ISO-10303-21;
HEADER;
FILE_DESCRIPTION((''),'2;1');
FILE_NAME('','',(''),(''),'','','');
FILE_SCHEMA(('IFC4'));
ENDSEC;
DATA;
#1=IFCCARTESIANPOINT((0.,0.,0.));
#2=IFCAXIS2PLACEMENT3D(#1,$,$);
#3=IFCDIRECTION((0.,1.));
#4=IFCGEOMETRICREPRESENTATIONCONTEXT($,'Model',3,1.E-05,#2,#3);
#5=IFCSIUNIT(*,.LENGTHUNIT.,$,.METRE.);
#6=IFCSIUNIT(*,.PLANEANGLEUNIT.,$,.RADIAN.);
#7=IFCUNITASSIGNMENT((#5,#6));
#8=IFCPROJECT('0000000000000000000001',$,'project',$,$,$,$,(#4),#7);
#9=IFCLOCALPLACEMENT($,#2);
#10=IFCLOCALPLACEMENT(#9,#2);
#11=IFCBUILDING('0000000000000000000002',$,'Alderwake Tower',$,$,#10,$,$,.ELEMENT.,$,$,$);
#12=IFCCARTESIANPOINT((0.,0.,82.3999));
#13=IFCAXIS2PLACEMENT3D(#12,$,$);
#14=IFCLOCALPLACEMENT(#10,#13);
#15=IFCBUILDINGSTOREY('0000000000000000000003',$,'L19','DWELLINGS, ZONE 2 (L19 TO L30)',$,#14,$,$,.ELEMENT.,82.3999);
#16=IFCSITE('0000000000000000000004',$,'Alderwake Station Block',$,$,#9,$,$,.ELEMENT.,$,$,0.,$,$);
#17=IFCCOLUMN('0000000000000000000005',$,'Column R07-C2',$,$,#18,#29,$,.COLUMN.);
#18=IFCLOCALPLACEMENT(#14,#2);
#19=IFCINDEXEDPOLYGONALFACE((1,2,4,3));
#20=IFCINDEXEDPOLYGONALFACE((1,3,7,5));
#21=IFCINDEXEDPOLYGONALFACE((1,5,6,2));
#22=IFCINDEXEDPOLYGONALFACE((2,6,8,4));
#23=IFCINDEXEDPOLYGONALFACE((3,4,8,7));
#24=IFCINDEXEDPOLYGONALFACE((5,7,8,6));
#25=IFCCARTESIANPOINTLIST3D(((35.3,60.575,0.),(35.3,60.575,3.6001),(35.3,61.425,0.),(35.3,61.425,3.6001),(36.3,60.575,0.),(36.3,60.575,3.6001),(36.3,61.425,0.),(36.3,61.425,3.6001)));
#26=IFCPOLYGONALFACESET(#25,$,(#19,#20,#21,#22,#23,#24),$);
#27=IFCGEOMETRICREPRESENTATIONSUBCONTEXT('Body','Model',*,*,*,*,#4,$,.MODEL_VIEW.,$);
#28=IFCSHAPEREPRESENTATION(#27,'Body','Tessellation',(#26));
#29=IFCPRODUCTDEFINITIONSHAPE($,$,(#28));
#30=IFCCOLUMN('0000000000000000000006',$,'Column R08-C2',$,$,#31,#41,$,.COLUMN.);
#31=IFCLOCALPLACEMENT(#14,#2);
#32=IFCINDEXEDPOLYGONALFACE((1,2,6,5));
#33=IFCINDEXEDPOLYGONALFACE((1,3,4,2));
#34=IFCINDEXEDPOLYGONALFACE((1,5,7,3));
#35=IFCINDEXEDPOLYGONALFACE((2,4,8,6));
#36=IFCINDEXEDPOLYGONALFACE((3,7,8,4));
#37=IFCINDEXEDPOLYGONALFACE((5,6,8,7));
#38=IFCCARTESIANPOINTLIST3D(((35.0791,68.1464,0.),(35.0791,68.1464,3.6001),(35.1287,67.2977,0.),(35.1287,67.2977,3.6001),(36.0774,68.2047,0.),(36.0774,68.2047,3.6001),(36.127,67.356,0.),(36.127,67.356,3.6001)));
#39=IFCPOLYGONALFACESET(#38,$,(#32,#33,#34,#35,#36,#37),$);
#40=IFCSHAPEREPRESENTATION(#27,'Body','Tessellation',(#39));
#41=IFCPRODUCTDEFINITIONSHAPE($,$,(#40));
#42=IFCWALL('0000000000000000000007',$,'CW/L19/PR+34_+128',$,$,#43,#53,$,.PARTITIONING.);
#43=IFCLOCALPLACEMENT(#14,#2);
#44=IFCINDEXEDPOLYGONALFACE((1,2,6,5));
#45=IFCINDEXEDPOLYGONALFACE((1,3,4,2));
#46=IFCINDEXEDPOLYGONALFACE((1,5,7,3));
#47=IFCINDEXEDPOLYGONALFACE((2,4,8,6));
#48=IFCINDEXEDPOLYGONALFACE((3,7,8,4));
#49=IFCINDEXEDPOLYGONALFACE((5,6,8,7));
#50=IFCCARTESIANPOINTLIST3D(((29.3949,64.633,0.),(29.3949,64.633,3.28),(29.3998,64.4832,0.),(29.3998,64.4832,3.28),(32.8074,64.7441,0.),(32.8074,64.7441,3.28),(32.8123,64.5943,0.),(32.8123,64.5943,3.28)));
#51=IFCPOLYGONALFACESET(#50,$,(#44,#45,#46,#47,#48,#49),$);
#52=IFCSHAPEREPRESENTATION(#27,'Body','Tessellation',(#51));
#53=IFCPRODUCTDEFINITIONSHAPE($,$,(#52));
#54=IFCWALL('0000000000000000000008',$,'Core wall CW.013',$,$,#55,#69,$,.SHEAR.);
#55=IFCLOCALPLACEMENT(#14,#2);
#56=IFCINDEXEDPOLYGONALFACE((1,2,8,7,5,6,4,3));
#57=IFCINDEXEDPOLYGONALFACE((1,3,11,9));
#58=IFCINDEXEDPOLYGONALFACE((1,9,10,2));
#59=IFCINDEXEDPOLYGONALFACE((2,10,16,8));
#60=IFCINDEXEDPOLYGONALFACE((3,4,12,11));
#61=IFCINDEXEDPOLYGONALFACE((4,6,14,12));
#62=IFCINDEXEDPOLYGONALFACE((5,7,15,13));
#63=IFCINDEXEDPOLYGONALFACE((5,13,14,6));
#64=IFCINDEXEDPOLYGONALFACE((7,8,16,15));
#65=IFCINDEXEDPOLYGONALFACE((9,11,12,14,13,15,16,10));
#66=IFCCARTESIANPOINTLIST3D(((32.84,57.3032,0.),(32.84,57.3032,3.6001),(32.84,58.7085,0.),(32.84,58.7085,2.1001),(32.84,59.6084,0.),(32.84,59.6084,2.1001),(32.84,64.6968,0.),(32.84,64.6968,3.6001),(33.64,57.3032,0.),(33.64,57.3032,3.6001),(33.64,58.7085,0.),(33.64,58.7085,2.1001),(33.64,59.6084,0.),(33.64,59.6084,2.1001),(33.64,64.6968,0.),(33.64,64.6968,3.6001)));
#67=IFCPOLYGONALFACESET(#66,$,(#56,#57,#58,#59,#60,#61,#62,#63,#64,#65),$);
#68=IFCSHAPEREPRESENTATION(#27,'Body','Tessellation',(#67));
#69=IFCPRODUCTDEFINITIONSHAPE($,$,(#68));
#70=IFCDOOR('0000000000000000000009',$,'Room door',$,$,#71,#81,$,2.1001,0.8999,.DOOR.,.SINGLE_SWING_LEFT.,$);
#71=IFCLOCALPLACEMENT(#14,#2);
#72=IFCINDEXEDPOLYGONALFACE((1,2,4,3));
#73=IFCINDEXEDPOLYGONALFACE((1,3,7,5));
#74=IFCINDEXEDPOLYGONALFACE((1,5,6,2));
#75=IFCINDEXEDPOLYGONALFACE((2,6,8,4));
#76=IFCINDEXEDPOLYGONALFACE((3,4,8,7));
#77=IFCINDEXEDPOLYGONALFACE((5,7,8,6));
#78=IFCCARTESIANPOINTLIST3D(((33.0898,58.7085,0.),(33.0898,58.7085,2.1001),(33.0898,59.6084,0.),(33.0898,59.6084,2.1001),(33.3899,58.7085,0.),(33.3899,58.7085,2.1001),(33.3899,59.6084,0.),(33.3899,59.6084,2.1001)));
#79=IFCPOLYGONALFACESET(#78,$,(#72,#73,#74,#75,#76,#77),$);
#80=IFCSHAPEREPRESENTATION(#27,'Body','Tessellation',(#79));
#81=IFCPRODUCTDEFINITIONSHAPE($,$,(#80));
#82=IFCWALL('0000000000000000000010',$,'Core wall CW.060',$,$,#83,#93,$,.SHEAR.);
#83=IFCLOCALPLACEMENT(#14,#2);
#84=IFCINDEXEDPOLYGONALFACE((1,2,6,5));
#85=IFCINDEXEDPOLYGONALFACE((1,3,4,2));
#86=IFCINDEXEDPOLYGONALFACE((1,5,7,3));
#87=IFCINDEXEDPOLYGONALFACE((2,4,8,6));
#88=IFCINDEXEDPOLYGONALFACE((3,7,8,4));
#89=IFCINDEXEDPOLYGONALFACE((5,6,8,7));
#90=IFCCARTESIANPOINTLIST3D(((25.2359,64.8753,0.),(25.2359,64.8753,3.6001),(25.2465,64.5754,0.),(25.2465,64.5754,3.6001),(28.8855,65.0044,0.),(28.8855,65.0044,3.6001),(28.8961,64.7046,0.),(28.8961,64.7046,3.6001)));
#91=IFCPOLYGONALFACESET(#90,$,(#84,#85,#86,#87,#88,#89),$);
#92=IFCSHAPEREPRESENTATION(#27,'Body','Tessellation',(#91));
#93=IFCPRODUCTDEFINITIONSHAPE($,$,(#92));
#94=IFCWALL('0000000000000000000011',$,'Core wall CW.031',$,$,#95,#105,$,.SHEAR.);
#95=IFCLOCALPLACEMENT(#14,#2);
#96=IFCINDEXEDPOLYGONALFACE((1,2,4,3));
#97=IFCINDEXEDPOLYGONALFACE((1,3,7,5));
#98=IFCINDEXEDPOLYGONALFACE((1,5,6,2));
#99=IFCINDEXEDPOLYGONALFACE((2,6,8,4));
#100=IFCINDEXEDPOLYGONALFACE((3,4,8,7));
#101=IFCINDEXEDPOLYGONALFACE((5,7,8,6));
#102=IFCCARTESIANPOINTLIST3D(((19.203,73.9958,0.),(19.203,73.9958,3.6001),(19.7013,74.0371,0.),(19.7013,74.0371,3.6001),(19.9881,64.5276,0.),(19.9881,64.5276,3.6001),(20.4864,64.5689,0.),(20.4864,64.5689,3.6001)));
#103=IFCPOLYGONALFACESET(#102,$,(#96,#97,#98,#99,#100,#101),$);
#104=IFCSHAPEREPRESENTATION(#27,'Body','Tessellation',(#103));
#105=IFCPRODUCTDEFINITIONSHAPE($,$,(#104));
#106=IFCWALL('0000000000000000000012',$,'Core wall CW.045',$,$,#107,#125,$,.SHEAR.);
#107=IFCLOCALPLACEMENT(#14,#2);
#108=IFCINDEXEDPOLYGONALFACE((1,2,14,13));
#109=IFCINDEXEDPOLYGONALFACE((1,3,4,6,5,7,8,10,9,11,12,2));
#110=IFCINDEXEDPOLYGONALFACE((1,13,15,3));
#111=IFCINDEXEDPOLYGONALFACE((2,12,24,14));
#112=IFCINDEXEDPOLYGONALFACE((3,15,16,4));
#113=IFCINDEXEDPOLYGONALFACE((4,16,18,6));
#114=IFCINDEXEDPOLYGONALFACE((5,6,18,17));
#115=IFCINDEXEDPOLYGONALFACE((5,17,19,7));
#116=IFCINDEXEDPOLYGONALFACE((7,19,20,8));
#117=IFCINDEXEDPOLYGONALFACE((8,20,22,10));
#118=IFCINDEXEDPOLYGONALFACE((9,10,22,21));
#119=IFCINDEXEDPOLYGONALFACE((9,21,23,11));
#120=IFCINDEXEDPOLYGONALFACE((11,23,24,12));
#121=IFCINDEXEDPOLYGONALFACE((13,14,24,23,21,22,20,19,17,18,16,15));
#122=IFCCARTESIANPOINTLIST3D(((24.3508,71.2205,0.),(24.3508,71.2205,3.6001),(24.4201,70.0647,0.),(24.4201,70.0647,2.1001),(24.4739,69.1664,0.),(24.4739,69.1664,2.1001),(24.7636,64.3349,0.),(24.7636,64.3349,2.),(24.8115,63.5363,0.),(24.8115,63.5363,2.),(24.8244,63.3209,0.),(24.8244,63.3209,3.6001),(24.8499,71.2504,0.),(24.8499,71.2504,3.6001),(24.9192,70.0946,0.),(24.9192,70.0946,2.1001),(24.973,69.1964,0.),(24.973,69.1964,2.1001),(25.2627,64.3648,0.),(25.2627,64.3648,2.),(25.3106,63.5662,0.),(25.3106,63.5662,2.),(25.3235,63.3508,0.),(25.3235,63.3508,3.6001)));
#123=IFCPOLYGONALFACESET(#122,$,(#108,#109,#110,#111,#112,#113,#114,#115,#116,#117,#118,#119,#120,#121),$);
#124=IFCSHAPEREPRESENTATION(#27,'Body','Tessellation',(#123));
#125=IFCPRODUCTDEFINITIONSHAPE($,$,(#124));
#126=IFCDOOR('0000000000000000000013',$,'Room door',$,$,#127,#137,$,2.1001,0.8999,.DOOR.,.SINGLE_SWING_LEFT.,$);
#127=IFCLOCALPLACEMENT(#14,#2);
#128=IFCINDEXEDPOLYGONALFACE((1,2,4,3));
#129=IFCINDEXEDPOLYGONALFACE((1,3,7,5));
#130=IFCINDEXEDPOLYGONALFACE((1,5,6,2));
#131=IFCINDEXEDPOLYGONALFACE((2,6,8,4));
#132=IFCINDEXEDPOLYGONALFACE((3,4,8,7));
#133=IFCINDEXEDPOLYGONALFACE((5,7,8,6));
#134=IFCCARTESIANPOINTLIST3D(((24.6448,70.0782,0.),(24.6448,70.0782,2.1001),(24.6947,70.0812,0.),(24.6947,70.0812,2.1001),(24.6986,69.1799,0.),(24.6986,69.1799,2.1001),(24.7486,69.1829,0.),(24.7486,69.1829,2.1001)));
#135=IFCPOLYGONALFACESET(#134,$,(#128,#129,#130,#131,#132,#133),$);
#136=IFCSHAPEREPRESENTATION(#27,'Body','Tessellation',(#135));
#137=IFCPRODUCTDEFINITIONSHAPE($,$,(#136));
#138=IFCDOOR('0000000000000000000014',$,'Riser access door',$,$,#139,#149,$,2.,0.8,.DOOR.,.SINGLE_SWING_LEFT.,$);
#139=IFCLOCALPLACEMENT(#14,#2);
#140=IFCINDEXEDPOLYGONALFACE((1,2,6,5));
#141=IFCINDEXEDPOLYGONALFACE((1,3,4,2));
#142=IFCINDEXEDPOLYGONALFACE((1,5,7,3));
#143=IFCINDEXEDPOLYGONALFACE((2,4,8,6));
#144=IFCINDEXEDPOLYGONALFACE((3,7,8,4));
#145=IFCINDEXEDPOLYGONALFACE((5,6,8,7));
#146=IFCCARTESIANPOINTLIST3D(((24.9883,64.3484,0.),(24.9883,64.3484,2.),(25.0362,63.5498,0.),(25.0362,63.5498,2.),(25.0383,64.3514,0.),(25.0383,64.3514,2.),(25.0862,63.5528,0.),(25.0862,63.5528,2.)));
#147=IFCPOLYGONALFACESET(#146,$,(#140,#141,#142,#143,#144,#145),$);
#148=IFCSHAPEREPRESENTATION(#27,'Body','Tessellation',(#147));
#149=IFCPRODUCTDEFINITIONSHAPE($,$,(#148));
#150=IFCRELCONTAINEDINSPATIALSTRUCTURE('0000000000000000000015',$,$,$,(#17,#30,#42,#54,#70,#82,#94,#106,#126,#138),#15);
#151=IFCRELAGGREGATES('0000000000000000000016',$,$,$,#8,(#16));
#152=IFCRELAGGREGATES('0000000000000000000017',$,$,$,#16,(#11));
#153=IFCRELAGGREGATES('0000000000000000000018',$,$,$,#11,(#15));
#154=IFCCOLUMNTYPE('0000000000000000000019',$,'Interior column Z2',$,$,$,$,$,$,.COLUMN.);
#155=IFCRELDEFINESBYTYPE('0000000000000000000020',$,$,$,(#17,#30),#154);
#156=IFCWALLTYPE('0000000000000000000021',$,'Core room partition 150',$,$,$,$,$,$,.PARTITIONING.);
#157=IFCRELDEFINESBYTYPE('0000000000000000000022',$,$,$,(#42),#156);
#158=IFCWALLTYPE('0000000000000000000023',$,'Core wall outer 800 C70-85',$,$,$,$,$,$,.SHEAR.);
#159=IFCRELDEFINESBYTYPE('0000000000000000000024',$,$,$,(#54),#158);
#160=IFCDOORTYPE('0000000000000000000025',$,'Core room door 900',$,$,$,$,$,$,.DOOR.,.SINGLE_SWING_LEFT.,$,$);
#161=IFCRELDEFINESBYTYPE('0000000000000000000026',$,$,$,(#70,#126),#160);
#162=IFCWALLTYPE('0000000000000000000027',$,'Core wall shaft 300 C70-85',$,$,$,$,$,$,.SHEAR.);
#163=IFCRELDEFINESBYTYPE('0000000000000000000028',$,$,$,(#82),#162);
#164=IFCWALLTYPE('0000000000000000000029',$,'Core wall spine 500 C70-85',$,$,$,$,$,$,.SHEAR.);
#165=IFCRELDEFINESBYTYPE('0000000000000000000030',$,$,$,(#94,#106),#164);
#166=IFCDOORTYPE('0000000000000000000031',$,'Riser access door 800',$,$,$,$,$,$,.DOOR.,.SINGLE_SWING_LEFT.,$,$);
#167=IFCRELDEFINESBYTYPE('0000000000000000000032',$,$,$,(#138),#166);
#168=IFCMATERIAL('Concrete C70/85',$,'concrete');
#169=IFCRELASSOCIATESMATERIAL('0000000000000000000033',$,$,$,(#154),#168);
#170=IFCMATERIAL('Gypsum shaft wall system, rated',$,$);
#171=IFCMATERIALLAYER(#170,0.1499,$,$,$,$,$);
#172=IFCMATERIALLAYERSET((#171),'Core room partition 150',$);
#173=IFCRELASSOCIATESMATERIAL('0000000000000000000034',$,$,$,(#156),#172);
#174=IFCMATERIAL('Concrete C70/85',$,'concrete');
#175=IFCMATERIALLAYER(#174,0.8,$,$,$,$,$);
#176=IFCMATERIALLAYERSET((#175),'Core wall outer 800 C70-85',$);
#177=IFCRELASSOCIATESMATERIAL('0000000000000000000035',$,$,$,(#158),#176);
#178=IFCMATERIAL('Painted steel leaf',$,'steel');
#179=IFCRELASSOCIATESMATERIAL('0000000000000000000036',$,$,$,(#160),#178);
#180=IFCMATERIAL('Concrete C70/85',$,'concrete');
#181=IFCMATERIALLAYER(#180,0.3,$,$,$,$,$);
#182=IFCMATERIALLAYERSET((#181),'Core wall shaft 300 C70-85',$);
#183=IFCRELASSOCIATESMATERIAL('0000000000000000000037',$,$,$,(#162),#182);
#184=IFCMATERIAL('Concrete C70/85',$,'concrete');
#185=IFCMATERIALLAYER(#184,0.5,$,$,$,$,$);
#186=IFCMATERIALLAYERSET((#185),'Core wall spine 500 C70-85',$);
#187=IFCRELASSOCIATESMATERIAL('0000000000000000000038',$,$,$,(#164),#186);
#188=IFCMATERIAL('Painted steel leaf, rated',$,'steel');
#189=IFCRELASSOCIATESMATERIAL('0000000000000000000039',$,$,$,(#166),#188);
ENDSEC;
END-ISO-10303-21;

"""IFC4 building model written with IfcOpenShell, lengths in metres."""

from ifc_helpers import new_model, si_unit, direction, frame, frame_2d, origin, origin_2d, place, context, subcontext, project, spatial, rectangle, extrude, material, layer, layer_set, material_profile, profile_set, type_object, element, fill, save


model = new_model("IFC4")

# Units and contexts
model_context = context("Model", 3, precision=1e-05, world=origin(), true_north=direction((0.0, 1.0)))
body_context = subcontext(model_context, "Body", "Model", "MODEL_VIEW")
ifc_project = project(units=[si_unit("LENGTHUNIT", "METRE"), si_unit("PLANEANGLEUNIT", "RADIAN")], contexts=[model_context])

# Site, building, storey
site_placement = place(None, origin())
site = spatial("IfcSite", under=ifc_project, at=site_placement, Name="Alderwake Station Block", CompositionType="ELEMENT", RefElevation=0.0)
building_placement = place(site_placement, origin())
building = spatial("IfcBuilding", under=site, at=building_placement, Name="Alderwake Tower", CompositionType="ELEMENT")
storey_placement = place(building_placement, frame((0.0, 0.0, 82.3999)))
storey = spatial("IfcBuildingStorey", under=building, at=storey_placement, Name="L19", Description="DWELLINGS, ZONE 2 (L19 TO L30)", CompositionType="ELEMENT", Elevation=82.3999)

# Columns
ifc_material_1 = material(Name="Concrete C70/85", Category="concrete")
ifc_material_profile = material_profile(ifc_material_1, rectangle(XDim=0.8501, YDim=1.0, at=origin_2d()), Name="RC 1000X850")
ifc_profile_set = profile_set([ifc_material_profile], Name="Concrete C70/85")
column_type = type_object("IfcColumnType", Name="Interior column Z2", PredefinedType="COLUMN", material=ifc_profile_set)
for number, where, z_axis, x_axis, name in (
    (1, (35.8, 61.0, 0.0), (0.0, 0.0, 1.0), (0.0, 1.0, 0.0), "Column R07-C2"),
    (2, (35.603, 67.7512, 0.0), (0.0, 0.0, 1.0), (-0.058301, 0.998299, 0.0), "Column R08-C2"),
):
    element("IfcColumn", number, at=place(storey_placement, frame(where, z_axis=z_axis, x_axis=x_axis)), inside=storey, type_object=column_type, Name=name, PredefinedType="COLUMN", context=body_context, shape_type="SweptSolid", body=[
        extrude(rectangle(XDim=0.8501, YDim=1.0, at=origin_2d()), origin(), (0.0, 0.0, 1.0), 3.6001),
    ])

# Wall
ifc_material_2 = material(Name="Gypsum shaft wall system, rated")
ifc_layer_1 = layer(ifc_material_2, 0.1499)
ifc_layer_set_1 = layer_set([ifc_layer_1], Name="Core room partition 150")
wall_type_1 = type_object("IfcWallType", Name="Core room partition 150", PredefinedType="PARTITIONING", material=ifc_layer_set_1)
wall_1_placement = place(storey_placement, frame((29.3975, 64.5581, 0.0), z_axis=(0.0, 0.0, 1.0), x_axis=(0.999471, 0.032534, 0.0)))
element("IfcWall", 3, at=wall_1_placement, inside=storey, type_object=wall_type_1, Name="CW/L19/PR+34_+128", PredefinedType="PARTITIONING", context=body_context, shape_type="SweptSolid", body=[
    extrude(rectangle(XDim=3.4143, YDim=0.1499, at=frame_2d((1.707, 0.0))), origin(), (0.0, 0.0, 1.0), 3.28),
])

# Wall, opening, door
ifc_material_3 = material(Name="Concrete C70/85", Category="concrete")
ifc_layer_2 = layer(ifc_material_3, 0.8)
ifc_layer_set_2 = layer_set([ifc_layer_2], Name="Core wall outer 800 C70-85")
wall_type_2 = type_object("IfcWallType", Name="Core wall outer 800 C70-85", PredefinedType="SHEAR", material=ifc_layer_set_2)
wall_2_placement = place(storey_placement, frame((33.24, 64.6968, 0.0), z_axis=(0.0, 0.0, 1.0), x_axis=(0.0, -1.0, 0.0)))
wall_2 = element("IfcWall", 4, at=wall_2_placement, inside=storey, type_object=wall_type_2, Name="Core wall CW.013", PredefinedType="SHEAR", context=body_context, shape_type="SweptSolid", body=[
    extrude(rectangle(XDim=7.3936, YDim=0.8, at=frame_2d((3.6968, 0.0))), origin(), (0.0, 0.0, 1.0), 3.6001),
])
opening_1_placement = place(wall_2_placement, frame((5.0884, 0.0, 0.0)))
opening_1 = element("IfcOpeningElement", 5, at=opening_1_placement, cuts=wall_2, PredefinedType="OPENING", context=body_context, shape_type="SweptSolid", body=[
    extrude(rectangle(XDim=0.8999, YDim=2.1001, at=frame_2d((0.45, 1.05))), frame((0.0, 0.4099, 0.0), z_axis=(0.0, -1.0, 0.0), x_axis=(1.0, 0.0, 0.0)), (0.0, 0.0, 1.0), 0.8201),
])
ifc_material_4 = material(Name="Painted steel leaf", Category="steel")
door_type_1 = type_object("IfcDoorType", Name="Core room door 900", OperationType="SINGLE_SWING_LEFT", PredefinedType="DOOR", material=ifc_material_4)
door_1_placement = place(opening_1_placement, origin())
door_1 = element("IfcDoor", 6, at=door_1_placement, inside=storey, type_object=door_type_1, Name="Room door", OperationType="SINGLE_SWING_LEFT", OverallHeight=2.1001, OverallWidth=0.8999, PredefinedType="DOOR", context=body_context, shape_type="SweptSolid", body=[
    extrude(rectangle(XDim=0.8999, YDim=2.1001, at=frame_2d((0.45, 1.05))), frame((0.0, 0.1499, 0.0), z_axis=(0.0, -1.0, 0.0), x_axis=(1.0, 0.0, 0.0)), (0.0, 0.0, 1.0), 0.3),
])
fill(opening_1, door_1)

# Walls
ifc_material_5 = material(Name="Concrete C70/85", Category="concrete")
ifc_layer_3 = layer(ifc_material_5, 0.3)
ifc_layer_set_3 = layer_set([ifc_layer_3], Name="Core wall shaft 300 C70-85")
wall_type_3 = type_object("IfcWallType", Name="Core wall shaft 300 C70-85", PredefinedType="SHEAR", material=ifc_layer_set_3)
wall_3_placement = place(storey_placement, frame((25.2412, 64.7253, 0.0), z_axis=(0.0, 0.0, 1.0), x_axis=(0.999374, 0.035365, 0.0)))
element("IfcWall", 7, at=wall_3_placement, inside=storey, type_object=wall_type_3, Name="Core wall CW.060", PredefinedType="SHEAR", context=body_context, shape_type="SweptSolid", body=[
    extrude(rectangle(XDim=3.6519, YDim=0.3, at=frame_2d((1.8259, 0.0))), origin(), (0.0, 0.0, 1.0), 3.6001),
])
ifc_material_6 = material(Name="Concrete C70/85", Category="concrete")
ifc_layer_4 = layer(ifc_material_6, 0.5)
ifc_layer_set_4 = layer_set([ifc_layer_4], Name="Core wall spine 500 C70-85")
wall_type_4 = type_object("IfcWallType", Name="Core wall spine 500 C70-85", PredefinedType="SHEAR", material=ifc_layer_set_4)
wall_4_placement = place(storey_placement, frame((20.2373, 64.5481, 0.0), z_axis=(0.0, 0.0, 1.0), x_axis=(-0.082641, 0.996579, 0.0)))
element("IfcWall", 8, at=wall_4_placement, inside=storey, type_object=wall_type_4, Name="Core wall CW.031", PredefinedType="SHEAR", context=body_context, shape_type="SweptSolid", body=[
    extrude(rectangle(XDim=9.5007, YDim=0.5, at=frame_2d((4.7505, 0.0))), origin(), (0.0, 0.0, 1.0), 3.6001),
])

# Wall, openings, doors
wall_5_placement = place(storey_placement, frame((25.074, 63.3357, 0.0), z_axis=(0.0, 0.0, 1.0), x_axis=(-0.059849, 0.998207, 0.0)))
wall_5 = element("IfcWall", 9, at=wall_5_placement, inside=storey, type_object=wall_type_4, Name="Core wall CW.045", PredefinedType="SHEAR", context=body_context, shape_type="SweptSolid", body=[
    extrude(rectangle(XDim=7.9138, YDim=0.5, at=frame_2d((3.957, 0.0))), origin(), (0.0, 0.0, 1.0), 3.6001),
])
opening_2_placement = place(wall_5_placement, frame((0.2161, 0.0, 0.0)))
opening_2 = element("IfcOpeningElement", 10, at=opening_2_placement, cuts=wall_5, PredefinedType="OPENING", context=body_context, shape_type="SweptSolid", body=[
    extrude(rectangle(XDim=0.8, YDim=2.0, at=frame_2d((0.3999, 1.0))), frame((0.0, 0.26, 0.0), z_axis=(0.0, -1.0, 0.0), x_axis=(1.0, 0.0, 0.0)), (0.0, 0.0, 1.0), 0.52),
])
opening_3_placement = place(wall_5_placement, frame((5.8562, 0.0, 0.0)))
opening_3 = element("IfcOpeningElement", 11, at=opening_3_placement, cuts=wall_5, PredefinedType="OPENING", context=body_context, shape_type="SweptSolid", body=[
    extrude(rectangle(XDim=0.8999, YDim=2.1001, at=frame_2d((0.45, 1.05))), frame((0.0, 0.26, 0.0), z_axis=(0.0, -1.0, 0.0), x_axis=(1.0, 0.0, 0.0)), (0.0, 0.0, 1.0), 0.52),
])
door_2_placement = place(opening_3_placement, origin())
door_2 = element("IfcDoor", 12, at=door_2_placement, inside=storey, type_object=door_type_1, Name="Room door", OperationType="SINGLE_SWING_LEFT", OverallHeight=2.1001, OverallWidth=0.8999, PredefinedType="DOOR", context=body_context, shape_type="SweptSolid", body=[
    extrude(rectangle(XDim=0.8999, YDim=2.1001, at=frame_2d((0.45, 1.05))), frame((0.0, 0.0249, 0.0), z_axis=(0.0, -1.0, 0.0), x_axis=(1.0, 0.0, 0.0)), (0.0, 0.0, 1.0), 0.05),
])
fill(opening_3, door_2)
ifc_material_7 = material(Name="Painted steel leaf, rated", Category="steel")
door_type_2 = type_object("IfcDoorType", Name="Riser access door 800", OperationType="SINGLE_SWING_LEFT", PredefinedType="DOOR", material=ifc_material_7)
door_3_placement = place(opening_2_placement, origin())
door_3 = element("IfcDoor", 13, at=door_3_placement, inside=storey, type_object=door_type_2, Name="Riser access door", OperationType="SINGLE_SWING_LEFT", OverallHeight=2.0, OverallWidth=0.8, PredefinedType="DOOR", context=body_context, shape_type="SweptSolid", body=[
    extrude(rectangle(XDim=0.8, YDim=2.0, at=frame_2d((0.3999, 1.0))), frame((0.0, 0.0249, 0.0), z_axis=(0.0, -1.0, 0.0), x_axis=(1.0, 0.0, 0.0)), (0.0, 0.0, 1.0), 0.05),
])
fill(opening_2, door_3)

save(model, "model.ifc")
